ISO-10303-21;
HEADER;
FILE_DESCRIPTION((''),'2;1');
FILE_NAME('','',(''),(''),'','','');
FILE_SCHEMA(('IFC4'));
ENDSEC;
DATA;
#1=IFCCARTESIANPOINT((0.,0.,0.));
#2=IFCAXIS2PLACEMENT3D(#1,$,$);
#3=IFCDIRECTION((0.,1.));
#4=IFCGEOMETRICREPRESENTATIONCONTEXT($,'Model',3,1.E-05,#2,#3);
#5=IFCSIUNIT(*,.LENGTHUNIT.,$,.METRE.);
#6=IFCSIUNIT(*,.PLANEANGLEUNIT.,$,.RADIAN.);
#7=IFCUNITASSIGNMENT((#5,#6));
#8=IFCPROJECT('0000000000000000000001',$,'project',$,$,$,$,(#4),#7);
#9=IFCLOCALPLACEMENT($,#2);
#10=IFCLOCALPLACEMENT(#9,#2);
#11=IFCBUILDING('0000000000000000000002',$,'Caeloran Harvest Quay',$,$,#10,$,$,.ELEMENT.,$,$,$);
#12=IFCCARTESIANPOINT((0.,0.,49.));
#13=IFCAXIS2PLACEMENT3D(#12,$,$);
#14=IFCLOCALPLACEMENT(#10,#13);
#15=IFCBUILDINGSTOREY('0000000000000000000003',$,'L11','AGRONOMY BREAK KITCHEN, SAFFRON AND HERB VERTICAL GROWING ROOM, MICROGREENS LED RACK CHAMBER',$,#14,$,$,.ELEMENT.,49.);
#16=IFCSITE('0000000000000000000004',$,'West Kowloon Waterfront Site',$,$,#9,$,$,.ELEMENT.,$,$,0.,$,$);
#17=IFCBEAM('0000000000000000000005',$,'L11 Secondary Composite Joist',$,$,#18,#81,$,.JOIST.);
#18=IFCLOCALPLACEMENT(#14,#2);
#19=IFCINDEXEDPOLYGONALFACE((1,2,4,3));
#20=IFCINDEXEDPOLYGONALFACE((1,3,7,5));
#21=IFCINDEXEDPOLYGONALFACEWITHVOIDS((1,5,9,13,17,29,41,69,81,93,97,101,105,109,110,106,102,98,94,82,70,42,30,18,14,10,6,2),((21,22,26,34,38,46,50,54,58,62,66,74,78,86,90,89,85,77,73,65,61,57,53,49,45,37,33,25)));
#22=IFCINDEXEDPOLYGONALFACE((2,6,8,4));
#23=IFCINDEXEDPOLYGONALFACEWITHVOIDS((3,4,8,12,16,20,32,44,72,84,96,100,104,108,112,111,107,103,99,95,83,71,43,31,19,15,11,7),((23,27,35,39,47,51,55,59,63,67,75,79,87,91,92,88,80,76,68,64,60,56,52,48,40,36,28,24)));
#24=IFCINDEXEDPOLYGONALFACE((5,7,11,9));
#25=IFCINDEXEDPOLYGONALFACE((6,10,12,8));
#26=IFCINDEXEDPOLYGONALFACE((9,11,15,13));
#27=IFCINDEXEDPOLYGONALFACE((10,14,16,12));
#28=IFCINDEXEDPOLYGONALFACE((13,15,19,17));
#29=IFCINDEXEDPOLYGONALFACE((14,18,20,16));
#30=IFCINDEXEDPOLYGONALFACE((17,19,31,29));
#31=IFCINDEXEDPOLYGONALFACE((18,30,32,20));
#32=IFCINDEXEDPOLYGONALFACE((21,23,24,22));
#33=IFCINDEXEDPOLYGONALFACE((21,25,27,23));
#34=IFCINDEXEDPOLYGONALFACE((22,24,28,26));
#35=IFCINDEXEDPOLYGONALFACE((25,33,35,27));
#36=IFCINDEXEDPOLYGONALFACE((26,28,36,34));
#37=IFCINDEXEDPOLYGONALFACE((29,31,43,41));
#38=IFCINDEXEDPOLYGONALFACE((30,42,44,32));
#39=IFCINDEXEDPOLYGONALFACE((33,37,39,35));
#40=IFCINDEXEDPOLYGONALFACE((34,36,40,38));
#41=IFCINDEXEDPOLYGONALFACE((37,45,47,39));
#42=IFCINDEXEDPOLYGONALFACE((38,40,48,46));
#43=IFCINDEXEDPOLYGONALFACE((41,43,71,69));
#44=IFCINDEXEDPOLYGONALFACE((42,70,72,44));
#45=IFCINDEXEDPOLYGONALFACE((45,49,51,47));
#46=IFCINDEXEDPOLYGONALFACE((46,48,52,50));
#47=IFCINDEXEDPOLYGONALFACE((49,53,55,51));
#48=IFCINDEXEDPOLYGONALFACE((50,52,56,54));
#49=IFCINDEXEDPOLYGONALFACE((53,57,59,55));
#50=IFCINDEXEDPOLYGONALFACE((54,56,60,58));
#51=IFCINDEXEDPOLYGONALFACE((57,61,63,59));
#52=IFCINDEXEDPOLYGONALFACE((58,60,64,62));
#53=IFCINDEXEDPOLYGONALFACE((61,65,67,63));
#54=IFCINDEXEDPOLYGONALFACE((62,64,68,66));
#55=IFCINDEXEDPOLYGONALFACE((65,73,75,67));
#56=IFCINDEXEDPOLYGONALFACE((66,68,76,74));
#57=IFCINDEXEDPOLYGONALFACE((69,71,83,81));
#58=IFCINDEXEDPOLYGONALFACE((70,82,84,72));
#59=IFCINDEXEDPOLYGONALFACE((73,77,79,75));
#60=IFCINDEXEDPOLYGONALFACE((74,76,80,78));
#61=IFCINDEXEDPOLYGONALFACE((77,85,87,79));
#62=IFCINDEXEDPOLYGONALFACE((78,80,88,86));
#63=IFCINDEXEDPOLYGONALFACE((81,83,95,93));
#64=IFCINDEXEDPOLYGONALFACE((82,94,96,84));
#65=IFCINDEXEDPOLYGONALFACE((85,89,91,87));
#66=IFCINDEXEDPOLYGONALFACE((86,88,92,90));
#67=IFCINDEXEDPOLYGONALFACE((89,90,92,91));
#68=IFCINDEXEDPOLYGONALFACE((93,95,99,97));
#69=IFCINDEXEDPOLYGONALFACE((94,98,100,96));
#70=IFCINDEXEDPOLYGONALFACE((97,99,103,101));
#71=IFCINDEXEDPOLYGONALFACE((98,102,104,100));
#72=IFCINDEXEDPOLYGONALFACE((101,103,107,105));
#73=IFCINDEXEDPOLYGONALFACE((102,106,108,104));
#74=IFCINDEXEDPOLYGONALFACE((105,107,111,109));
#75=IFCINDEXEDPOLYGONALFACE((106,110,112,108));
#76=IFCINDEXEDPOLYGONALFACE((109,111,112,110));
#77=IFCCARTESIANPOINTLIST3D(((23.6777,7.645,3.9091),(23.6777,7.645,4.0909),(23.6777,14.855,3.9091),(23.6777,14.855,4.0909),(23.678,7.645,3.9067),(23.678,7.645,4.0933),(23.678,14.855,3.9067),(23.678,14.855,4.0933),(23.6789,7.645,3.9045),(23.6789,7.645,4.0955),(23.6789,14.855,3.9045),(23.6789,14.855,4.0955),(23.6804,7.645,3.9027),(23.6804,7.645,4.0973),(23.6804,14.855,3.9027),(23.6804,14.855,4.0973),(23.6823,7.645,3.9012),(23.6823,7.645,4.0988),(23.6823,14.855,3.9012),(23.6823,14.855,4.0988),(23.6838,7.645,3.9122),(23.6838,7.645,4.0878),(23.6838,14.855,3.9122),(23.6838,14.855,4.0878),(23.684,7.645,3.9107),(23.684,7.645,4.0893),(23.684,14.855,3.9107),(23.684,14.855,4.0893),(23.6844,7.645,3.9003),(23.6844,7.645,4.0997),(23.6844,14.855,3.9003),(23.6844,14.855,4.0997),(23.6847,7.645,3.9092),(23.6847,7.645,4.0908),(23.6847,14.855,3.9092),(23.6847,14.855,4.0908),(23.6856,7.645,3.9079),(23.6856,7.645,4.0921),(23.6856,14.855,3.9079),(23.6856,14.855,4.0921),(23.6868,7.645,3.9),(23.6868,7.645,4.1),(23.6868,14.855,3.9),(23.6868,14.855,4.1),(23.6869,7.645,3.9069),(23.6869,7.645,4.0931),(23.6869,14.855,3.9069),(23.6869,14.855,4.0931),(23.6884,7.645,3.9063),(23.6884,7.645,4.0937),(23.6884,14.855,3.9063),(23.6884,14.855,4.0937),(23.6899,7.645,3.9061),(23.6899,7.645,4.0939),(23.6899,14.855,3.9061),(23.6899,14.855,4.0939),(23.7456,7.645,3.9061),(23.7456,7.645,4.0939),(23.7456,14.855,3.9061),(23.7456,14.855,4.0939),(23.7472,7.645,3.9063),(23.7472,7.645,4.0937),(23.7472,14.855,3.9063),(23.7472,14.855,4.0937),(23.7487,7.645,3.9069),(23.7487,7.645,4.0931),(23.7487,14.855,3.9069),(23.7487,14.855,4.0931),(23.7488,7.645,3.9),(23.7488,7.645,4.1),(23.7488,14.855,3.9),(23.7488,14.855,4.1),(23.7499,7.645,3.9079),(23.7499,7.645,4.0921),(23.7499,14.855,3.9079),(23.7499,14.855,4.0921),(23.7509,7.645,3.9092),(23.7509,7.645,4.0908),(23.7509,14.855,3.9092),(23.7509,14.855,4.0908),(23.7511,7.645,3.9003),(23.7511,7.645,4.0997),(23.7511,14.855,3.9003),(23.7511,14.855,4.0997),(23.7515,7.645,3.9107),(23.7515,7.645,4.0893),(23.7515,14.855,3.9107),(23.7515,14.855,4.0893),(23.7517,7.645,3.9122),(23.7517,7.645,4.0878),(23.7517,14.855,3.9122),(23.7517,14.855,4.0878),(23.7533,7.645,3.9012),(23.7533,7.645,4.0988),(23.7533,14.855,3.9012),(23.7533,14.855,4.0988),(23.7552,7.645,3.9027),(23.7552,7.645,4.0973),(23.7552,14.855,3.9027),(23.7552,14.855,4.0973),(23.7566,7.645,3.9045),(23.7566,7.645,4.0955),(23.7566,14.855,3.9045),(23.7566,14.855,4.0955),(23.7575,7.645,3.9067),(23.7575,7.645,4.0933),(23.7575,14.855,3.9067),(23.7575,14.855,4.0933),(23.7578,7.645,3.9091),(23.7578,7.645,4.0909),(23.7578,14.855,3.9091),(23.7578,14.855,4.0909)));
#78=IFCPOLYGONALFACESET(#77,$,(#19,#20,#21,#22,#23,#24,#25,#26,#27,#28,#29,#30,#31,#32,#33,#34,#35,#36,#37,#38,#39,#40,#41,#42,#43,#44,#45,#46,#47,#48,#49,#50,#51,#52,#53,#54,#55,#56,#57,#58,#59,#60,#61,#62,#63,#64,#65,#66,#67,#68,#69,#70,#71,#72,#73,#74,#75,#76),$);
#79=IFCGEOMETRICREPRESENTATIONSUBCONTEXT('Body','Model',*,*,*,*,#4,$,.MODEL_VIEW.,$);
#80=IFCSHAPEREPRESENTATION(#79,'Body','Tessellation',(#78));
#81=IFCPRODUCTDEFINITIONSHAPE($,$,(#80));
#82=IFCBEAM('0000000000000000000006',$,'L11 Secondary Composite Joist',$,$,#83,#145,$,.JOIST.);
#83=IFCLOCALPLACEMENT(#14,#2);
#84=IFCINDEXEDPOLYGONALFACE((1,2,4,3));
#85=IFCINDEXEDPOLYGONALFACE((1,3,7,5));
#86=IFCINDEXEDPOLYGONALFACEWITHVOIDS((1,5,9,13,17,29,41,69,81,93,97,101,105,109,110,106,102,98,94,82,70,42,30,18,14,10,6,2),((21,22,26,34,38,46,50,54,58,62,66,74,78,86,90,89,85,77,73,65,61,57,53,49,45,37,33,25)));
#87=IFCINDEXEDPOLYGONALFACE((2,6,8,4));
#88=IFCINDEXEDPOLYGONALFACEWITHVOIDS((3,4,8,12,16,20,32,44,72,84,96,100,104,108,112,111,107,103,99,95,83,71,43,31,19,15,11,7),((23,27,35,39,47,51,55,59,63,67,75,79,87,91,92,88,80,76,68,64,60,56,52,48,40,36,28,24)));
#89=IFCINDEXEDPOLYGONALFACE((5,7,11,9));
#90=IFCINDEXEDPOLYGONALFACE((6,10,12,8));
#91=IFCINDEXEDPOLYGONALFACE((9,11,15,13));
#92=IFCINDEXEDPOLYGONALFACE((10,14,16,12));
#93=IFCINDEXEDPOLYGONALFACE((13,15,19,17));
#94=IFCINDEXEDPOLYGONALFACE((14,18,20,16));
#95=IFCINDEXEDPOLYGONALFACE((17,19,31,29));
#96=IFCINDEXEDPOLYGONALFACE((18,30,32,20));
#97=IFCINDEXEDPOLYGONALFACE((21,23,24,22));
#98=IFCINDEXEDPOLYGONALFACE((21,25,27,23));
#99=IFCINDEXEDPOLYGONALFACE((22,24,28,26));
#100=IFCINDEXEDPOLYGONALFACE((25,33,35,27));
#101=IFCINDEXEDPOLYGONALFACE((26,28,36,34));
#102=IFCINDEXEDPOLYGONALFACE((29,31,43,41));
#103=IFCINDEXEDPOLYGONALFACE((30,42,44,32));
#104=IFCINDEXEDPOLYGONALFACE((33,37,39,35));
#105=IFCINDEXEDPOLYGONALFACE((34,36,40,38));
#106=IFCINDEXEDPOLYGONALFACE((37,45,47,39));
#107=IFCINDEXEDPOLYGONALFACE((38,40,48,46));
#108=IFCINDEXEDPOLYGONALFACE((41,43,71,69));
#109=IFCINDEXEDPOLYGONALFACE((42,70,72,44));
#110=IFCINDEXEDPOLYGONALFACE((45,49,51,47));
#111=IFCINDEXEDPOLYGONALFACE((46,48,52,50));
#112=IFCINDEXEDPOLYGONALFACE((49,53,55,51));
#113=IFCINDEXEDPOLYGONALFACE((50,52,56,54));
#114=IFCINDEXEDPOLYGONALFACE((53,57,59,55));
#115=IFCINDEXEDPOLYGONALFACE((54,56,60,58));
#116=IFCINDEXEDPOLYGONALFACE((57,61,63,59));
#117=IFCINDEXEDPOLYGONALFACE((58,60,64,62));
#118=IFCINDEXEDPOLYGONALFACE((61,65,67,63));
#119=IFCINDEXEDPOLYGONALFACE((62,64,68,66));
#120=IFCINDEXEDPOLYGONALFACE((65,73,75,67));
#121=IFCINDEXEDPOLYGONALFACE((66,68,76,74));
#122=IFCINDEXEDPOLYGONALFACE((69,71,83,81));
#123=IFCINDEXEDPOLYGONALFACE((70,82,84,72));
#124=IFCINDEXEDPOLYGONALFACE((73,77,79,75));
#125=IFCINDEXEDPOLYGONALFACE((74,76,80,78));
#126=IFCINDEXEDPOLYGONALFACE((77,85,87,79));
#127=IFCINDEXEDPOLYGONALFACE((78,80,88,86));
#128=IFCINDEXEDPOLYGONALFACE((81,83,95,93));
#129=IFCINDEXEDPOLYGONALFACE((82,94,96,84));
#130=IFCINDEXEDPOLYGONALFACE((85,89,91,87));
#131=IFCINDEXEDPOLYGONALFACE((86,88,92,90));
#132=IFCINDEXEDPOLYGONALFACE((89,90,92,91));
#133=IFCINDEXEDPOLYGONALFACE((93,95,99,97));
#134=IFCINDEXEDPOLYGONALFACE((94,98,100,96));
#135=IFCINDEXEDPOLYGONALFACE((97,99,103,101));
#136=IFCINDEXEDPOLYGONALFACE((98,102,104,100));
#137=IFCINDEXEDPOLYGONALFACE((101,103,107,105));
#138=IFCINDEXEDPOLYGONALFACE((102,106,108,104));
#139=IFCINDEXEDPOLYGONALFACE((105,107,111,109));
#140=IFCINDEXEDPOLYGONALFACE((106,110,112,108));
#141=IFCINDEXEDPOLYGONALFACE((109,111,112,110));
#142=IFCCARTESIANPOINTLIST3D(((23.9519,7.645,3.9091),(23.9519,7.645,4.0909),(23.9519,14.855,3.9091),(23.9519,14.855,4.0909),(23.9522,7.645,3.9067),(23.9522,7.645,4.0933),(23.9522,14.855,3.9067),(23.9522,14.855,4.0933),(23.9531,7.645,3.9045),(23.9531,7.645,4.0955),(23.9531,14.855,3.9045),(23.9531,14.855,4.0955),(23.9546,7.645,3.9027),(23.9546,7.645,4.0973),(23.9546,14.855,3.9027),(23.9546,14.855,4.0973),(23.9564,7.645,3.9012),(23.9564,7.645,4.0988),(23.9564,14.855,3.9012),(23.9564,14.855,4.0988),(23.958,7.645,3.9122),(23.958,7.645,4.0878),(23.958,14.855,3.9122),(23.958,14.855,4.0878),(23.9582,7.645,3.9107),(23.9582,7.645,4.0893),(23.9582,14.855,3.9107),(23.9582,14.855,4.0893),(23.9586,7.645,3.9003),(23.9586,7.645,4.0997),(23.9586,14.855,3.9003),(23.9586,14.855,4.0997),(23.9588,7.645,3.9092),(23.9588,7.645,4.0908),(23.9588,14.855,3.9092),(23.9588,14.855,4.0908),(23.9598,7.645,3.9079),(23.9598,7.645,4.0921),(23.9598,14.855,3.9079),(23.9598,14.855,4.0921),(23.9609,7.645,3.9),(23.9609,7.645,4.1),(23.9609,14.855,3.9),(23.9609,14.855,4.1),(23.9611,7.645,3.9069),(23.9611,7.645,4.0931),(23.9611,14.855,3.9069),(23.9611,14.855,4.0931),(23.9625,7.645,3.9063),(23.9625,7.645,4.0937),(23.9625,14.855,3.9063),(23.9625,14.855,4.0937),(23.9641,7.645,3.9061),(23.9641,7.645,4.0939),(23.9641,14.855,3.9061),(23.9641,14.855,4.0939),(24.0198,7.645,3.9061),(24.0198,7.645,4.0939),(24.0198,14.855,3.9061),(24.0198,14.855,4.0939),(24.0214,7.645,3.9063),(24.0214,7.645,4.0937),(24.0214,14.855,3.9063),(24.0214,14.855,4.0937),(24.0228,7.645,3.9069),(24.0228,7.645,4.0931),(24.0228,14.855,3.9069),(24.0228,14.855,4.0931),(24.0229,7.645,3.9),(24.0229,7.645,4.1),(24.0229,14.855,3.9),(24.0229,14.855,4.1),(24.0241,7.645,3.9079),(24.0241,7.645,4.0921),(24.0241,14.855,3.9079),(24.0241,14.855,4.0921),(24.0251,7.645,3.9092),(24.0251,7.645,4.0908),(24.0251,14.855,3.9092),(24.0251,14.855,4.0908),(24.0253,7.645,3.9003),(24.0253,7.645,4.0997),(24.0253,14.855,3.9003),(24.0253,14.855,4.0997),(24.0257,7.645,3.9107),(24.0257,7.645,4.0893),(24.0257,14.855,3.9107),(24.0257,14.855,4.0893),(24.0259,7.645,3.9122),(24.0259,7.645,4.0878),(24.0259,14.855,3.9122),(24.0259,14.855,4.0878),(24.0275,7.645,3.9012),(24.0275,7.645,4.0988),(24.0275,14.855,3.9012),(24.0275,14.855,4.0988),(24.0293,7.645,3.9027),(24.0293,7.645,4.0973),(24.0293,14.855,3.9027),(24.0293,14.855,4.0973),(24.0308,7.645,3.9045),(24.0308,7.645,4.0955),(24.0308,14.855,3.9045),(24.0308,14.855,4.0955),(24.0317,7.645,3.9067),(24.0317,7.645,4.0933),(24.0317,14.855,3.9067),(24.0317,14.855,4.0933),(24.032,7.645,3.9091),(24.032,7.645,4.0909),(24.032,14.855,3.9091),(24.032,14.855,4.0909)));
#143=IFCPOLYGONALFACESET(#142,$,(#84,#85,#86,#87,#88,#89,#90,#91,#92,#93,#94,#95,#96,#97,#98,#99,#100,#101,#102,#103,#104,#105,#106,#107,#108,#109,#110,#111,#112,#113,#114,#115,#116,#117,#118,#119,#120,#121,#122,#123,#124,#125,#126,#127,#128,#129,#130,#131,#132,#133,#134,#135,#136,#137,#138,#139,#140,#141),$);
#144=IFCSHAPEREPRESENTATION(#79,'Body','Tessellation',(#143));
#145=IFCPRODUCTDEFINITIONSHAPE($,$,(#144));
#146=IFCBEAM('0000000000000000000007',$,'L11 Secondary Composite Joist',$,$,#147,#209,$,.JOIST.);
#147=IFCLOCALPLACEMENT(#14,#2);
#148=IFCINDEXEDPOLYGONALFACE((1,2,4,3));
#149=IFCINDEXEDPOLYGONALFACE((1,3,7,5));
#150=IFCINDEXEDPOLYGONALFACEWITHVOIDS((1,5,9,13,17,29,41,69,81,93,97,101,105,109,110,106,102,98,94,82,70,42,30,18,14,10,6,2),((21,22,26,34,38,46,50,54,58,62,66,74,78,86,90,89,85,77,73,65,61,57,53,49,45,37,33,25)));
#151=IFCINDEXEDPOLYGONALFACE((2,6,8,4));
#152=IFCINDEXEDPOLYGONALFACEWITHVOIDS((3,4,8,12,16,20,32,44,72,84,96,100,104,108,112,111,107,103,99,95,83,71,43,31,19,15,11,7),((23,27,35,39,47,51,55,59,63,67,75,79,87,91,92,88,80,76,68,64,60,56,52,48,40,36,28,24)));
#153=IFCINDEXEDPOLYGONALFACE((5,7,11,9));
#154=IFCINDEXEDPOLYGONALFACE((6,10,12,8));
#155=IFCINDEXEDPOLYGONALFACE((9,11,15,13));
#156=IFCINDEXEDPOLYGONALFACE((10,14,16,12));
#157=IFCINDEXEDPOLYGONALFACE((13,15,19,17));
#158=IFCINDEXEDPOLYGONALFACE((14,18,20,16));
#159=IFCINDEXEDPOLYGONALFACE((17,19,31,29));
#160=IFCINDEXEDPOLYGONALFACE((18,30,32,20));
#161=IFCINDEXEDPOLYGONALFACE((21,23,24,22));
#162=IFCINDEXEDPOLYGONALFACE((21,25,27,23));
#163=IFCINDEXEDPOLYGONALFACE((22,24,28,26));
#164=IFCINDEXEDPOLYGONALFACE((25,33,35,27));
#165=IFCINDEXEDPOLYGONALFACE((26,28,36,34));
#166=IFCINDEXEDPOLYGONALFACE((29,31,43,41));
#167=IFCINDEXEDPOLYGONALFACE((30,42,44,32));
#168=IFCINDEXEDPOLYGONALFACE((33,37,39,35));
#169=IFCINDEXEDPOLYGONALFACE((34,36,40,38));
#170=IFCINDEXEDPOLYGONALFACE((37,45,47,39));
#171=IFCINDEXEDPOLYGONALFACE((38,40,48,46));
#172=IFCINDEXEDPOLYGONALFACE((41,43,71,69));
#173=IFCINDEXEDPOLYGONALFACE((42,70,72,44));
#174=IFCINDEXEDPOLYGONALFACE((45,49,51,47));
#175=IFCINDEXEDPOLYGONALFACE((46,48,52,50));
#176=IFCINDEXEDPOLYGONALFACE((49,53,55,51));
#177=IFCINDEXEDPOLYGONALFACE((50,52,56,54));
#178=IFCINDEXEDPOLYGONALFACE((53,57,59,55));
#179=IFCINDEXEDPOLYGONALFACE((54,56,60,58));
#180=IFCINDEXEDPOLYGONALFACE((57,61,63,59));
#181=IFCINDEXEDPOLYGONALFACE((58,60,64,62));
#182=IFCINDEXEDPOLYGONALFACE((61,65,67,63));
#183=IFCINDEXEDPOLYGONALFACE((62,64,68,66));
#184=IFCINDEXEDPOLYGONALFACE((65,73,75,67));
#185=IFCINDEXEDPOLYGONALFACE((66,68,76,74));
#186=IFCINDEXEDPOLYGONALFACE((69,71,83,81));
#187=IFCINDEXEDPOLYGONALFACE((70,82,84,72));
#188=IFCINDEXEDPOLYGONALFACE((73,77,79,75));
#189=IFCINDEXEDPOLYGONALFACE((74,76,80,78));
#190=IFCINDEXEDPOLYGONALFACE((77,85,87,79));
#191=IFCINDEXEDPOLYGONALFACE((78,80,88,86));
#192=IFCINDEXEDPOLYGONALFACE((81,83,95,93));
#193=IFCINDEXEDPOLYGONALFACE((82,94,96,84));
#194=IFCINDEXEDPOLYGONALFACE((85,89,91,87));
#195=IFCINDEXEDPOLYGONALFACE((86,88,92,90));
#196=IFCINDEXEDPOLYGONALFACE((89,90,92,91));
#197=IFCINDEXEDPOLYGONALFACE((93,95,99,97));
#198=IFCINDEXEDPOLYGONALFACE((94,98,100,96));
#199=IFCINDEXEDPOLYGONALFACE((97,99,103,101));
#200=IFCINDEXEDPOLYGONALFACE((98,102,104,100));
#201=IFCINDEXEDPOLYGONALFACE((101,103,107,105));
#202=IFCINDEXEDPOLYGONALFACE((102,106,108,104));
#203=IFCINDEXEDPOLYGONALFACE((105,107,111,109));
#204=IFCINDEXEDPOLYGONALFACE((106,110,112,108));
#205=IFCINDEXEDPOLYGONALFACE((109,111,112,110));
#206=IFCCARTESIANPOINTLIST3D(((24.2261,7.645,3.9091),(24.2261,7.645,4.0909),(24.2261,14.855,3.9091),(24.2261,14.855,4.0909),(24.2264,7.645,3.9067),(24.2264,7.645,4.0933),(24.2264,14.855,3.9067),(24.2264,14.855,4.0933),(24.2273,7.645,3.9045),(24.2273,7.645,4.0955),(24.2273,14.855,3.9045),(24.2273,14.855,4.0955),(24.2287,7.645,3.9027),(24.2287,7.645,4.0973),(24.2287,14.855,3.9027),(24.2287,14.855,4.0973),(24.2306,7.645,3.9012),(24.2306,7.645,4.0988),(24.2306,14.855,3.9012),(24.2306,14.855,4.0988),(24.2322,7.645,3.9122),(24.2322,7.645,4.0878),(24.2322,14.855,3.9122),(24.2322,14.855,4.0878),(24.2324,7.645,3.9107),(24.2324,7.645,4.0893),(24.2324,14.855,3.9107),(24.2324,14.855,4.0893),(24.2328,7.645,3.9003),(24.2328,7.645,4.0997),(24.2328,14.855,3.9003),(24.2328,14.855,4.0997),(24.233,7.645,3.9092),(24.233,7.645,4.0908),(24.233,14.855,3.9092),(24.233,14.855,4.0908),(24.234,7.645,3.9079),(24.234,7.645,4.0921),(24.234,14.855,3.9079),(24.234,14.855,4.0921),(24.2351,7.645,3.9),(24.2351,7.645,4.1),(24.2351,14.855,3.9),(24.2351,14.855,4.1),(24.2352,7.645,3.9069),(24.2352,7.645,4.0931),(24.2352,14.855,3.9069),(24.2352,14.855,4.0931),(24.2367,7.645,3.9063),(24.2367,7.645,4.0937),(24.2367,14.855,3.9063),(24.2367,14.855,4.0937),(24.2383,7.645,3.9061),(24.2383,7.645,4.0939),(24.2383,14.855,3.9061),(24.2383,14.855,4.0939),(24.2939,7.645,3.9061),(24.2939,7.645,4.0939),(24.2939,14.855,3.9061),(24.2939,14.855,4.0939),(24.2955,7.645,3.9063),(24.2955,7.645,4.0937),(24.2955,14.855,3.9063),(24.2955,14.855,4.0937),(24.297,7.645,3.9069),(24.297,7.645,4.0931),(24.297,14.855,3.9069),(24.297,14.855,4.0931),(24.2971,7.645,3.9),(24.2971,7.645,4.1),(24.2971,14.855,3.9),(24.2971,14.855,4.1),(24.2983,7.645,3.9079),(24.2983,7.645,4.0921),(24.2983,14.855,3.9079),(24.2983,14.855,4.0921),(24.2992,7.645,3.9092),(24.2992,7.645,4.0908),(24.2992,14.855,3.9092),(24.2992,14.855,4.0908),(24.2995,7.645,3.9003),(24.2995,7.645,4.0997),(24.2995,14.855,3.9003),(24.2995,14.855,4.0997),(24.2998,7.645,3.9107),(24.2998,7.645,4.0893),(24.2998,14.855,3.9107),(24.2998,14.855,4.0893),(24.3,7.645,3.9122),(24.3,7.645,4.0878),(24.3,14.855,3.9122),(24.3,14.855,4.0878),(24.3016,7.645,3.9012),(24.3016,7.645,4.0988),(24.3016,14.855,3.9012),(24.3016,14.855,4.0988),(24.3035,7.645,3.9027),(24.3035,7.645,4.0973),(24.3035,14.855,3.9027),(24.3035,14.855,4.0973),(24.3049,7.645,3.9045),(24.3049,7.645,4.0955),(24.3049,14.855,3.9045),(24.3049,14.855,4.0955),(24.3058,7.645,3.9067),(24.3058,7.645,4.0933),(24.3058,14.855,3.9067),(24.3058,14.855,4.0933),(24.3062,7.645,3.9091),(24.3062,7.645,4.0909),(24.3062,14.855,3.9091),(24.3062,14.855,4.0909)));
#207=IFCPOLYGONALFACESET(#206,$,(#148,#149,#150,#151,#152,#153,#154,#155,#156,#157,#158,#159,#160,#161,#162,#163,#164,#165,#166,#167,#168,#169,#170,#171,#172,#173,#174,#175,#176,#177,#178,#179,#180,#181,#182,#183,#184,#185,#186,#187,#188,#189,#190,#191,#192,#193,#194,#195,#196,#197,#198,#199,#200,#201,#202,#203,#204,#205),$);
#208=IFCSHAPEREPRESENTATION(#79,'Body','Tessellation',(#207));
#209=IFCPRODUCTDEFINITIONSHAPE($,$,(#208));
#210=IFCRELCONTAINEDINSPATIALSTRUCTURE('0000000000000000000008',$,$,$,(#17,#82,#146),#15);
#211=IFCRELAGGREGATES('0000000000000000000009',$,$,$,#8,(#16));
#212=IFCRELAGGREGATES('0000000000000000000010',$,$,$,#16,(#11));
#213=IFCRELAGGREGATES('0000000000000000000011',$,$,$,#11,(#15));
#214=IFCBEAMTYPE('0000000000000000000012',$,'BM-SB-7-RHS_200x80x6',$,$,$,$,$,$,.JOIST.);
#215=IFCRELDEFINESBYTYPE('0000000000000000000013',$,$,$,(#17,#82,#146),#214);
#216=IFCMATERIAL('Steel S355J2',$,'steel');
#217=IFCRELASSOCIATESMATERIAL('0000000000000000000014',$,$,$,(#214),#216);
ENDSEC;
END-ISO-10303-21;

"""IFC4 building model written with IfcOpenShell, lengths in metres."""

from ifc_helpers import new_model, si_unit, direction, frame, origin, origin_2d, place, context, subcontext, project, spatial, hollow_rectangle, extrude, material, material_profile, profile_set, type_object, element, save


model = new_model("IFC4")

# Units and contexts
model_context = context("Model", 3, precision=1e-05, world=origin(), true_north=direction((0.0, 1.0)))
body_context = subcontext(model_context, "Body", "Model", "MODEL_VIEW")
ifc_project = project(units=[si_unit("LENGTHUNIT", "METRE"), si_unit("PLANEANGLEUNIT", "RADIAN")], contexts=[model_context])

# Site, building, storey
site_placement = place(None, origin())
site = spatial("IfcSite", under=ifc_project, at=site_placement, Name="West Kowloon Waterfront Site", CompositionType="ELEMENT", RefElevation=0.0)
building_placement = place(site_placement, origin())
building = spatial("IfcBuilding", under=site, at=building_placement, Name="Caeloran Harvest Quay", CompositionType="ELEMENT")
storey_placement = place(building_placement, frame((0.0, 0.0, 49.0)))
storey = spatial("IfcBuildingStorey", under=building, at=storey_placement, Name="L11", Description="AGRONOMY BREAK KITCHEN, SAFFRON AND HERB VERTICAL GROWING ROOM, MICROGREENS LED RACK CHAMBER", CompositionType="ELEMENT", Elevation=49.0)

# Beams
ifc_material_1 = material(Name="Steel S355J2", Category="steel")
ifc_material_profile_1 = material_profile(ifc_material_1, hollow_rectangle(XDim=0.0801, YDim=0.2, WallThickness=0.0061, InnerFilletRadius=0.0061, OuterFilletRadius=0.009, at=origin_2d()), Name="RHS 200x80x6")
ifc_profile_set_1 = profile_set([ifc_material_profile_1], Name="Steel S355J2")
beam_type_1 = type_object("IfcBeamType", Name="BM-SB-7-RHS_200x80x6", PredefinedType="JOIST", material=ifc_profile_set_1)
for number, where, z_axis, x_axis, name in (
    (1, (23.7178, 7.645, 4.0), (0.0, 1.0, 0.0), (-1.0, 0.0, 0.0), "L11 Secondary Composite Joist"),
    (2, (23.9919, 7.645, 4.0), (0.0, 1.0, 0.0), (-1.0, 0.0, 0.0), "L11 Secondary Composite Joist"),
    (3, (24.2661, 7.645, 4.0), (0.0, 1.0, 0.0), (-1.0, 0.0, 0.0), "L11 Secondary Composite Joist"),
):
    element("IfcBeam", number, at=place(storey_placement, frame(where, z_axis=z_axis, x_axis=x_axis)), inside=storey, type_object=beam_type_1, Name=name, PredefinedType="JOIST", context=body_context, shape_type="SweptSolid", body=[
        extrude(hollow_rectangle(XDim=0.0801, YDim=0.2, WallThickness=0.0061, InnerFilletRadius=0.0061, OuterFilletRadius=0.009, at=origin_2d()), origin(), (0.0, 0.0, 1.0), 7.21),
    ])

save(model, "model.ifc")
